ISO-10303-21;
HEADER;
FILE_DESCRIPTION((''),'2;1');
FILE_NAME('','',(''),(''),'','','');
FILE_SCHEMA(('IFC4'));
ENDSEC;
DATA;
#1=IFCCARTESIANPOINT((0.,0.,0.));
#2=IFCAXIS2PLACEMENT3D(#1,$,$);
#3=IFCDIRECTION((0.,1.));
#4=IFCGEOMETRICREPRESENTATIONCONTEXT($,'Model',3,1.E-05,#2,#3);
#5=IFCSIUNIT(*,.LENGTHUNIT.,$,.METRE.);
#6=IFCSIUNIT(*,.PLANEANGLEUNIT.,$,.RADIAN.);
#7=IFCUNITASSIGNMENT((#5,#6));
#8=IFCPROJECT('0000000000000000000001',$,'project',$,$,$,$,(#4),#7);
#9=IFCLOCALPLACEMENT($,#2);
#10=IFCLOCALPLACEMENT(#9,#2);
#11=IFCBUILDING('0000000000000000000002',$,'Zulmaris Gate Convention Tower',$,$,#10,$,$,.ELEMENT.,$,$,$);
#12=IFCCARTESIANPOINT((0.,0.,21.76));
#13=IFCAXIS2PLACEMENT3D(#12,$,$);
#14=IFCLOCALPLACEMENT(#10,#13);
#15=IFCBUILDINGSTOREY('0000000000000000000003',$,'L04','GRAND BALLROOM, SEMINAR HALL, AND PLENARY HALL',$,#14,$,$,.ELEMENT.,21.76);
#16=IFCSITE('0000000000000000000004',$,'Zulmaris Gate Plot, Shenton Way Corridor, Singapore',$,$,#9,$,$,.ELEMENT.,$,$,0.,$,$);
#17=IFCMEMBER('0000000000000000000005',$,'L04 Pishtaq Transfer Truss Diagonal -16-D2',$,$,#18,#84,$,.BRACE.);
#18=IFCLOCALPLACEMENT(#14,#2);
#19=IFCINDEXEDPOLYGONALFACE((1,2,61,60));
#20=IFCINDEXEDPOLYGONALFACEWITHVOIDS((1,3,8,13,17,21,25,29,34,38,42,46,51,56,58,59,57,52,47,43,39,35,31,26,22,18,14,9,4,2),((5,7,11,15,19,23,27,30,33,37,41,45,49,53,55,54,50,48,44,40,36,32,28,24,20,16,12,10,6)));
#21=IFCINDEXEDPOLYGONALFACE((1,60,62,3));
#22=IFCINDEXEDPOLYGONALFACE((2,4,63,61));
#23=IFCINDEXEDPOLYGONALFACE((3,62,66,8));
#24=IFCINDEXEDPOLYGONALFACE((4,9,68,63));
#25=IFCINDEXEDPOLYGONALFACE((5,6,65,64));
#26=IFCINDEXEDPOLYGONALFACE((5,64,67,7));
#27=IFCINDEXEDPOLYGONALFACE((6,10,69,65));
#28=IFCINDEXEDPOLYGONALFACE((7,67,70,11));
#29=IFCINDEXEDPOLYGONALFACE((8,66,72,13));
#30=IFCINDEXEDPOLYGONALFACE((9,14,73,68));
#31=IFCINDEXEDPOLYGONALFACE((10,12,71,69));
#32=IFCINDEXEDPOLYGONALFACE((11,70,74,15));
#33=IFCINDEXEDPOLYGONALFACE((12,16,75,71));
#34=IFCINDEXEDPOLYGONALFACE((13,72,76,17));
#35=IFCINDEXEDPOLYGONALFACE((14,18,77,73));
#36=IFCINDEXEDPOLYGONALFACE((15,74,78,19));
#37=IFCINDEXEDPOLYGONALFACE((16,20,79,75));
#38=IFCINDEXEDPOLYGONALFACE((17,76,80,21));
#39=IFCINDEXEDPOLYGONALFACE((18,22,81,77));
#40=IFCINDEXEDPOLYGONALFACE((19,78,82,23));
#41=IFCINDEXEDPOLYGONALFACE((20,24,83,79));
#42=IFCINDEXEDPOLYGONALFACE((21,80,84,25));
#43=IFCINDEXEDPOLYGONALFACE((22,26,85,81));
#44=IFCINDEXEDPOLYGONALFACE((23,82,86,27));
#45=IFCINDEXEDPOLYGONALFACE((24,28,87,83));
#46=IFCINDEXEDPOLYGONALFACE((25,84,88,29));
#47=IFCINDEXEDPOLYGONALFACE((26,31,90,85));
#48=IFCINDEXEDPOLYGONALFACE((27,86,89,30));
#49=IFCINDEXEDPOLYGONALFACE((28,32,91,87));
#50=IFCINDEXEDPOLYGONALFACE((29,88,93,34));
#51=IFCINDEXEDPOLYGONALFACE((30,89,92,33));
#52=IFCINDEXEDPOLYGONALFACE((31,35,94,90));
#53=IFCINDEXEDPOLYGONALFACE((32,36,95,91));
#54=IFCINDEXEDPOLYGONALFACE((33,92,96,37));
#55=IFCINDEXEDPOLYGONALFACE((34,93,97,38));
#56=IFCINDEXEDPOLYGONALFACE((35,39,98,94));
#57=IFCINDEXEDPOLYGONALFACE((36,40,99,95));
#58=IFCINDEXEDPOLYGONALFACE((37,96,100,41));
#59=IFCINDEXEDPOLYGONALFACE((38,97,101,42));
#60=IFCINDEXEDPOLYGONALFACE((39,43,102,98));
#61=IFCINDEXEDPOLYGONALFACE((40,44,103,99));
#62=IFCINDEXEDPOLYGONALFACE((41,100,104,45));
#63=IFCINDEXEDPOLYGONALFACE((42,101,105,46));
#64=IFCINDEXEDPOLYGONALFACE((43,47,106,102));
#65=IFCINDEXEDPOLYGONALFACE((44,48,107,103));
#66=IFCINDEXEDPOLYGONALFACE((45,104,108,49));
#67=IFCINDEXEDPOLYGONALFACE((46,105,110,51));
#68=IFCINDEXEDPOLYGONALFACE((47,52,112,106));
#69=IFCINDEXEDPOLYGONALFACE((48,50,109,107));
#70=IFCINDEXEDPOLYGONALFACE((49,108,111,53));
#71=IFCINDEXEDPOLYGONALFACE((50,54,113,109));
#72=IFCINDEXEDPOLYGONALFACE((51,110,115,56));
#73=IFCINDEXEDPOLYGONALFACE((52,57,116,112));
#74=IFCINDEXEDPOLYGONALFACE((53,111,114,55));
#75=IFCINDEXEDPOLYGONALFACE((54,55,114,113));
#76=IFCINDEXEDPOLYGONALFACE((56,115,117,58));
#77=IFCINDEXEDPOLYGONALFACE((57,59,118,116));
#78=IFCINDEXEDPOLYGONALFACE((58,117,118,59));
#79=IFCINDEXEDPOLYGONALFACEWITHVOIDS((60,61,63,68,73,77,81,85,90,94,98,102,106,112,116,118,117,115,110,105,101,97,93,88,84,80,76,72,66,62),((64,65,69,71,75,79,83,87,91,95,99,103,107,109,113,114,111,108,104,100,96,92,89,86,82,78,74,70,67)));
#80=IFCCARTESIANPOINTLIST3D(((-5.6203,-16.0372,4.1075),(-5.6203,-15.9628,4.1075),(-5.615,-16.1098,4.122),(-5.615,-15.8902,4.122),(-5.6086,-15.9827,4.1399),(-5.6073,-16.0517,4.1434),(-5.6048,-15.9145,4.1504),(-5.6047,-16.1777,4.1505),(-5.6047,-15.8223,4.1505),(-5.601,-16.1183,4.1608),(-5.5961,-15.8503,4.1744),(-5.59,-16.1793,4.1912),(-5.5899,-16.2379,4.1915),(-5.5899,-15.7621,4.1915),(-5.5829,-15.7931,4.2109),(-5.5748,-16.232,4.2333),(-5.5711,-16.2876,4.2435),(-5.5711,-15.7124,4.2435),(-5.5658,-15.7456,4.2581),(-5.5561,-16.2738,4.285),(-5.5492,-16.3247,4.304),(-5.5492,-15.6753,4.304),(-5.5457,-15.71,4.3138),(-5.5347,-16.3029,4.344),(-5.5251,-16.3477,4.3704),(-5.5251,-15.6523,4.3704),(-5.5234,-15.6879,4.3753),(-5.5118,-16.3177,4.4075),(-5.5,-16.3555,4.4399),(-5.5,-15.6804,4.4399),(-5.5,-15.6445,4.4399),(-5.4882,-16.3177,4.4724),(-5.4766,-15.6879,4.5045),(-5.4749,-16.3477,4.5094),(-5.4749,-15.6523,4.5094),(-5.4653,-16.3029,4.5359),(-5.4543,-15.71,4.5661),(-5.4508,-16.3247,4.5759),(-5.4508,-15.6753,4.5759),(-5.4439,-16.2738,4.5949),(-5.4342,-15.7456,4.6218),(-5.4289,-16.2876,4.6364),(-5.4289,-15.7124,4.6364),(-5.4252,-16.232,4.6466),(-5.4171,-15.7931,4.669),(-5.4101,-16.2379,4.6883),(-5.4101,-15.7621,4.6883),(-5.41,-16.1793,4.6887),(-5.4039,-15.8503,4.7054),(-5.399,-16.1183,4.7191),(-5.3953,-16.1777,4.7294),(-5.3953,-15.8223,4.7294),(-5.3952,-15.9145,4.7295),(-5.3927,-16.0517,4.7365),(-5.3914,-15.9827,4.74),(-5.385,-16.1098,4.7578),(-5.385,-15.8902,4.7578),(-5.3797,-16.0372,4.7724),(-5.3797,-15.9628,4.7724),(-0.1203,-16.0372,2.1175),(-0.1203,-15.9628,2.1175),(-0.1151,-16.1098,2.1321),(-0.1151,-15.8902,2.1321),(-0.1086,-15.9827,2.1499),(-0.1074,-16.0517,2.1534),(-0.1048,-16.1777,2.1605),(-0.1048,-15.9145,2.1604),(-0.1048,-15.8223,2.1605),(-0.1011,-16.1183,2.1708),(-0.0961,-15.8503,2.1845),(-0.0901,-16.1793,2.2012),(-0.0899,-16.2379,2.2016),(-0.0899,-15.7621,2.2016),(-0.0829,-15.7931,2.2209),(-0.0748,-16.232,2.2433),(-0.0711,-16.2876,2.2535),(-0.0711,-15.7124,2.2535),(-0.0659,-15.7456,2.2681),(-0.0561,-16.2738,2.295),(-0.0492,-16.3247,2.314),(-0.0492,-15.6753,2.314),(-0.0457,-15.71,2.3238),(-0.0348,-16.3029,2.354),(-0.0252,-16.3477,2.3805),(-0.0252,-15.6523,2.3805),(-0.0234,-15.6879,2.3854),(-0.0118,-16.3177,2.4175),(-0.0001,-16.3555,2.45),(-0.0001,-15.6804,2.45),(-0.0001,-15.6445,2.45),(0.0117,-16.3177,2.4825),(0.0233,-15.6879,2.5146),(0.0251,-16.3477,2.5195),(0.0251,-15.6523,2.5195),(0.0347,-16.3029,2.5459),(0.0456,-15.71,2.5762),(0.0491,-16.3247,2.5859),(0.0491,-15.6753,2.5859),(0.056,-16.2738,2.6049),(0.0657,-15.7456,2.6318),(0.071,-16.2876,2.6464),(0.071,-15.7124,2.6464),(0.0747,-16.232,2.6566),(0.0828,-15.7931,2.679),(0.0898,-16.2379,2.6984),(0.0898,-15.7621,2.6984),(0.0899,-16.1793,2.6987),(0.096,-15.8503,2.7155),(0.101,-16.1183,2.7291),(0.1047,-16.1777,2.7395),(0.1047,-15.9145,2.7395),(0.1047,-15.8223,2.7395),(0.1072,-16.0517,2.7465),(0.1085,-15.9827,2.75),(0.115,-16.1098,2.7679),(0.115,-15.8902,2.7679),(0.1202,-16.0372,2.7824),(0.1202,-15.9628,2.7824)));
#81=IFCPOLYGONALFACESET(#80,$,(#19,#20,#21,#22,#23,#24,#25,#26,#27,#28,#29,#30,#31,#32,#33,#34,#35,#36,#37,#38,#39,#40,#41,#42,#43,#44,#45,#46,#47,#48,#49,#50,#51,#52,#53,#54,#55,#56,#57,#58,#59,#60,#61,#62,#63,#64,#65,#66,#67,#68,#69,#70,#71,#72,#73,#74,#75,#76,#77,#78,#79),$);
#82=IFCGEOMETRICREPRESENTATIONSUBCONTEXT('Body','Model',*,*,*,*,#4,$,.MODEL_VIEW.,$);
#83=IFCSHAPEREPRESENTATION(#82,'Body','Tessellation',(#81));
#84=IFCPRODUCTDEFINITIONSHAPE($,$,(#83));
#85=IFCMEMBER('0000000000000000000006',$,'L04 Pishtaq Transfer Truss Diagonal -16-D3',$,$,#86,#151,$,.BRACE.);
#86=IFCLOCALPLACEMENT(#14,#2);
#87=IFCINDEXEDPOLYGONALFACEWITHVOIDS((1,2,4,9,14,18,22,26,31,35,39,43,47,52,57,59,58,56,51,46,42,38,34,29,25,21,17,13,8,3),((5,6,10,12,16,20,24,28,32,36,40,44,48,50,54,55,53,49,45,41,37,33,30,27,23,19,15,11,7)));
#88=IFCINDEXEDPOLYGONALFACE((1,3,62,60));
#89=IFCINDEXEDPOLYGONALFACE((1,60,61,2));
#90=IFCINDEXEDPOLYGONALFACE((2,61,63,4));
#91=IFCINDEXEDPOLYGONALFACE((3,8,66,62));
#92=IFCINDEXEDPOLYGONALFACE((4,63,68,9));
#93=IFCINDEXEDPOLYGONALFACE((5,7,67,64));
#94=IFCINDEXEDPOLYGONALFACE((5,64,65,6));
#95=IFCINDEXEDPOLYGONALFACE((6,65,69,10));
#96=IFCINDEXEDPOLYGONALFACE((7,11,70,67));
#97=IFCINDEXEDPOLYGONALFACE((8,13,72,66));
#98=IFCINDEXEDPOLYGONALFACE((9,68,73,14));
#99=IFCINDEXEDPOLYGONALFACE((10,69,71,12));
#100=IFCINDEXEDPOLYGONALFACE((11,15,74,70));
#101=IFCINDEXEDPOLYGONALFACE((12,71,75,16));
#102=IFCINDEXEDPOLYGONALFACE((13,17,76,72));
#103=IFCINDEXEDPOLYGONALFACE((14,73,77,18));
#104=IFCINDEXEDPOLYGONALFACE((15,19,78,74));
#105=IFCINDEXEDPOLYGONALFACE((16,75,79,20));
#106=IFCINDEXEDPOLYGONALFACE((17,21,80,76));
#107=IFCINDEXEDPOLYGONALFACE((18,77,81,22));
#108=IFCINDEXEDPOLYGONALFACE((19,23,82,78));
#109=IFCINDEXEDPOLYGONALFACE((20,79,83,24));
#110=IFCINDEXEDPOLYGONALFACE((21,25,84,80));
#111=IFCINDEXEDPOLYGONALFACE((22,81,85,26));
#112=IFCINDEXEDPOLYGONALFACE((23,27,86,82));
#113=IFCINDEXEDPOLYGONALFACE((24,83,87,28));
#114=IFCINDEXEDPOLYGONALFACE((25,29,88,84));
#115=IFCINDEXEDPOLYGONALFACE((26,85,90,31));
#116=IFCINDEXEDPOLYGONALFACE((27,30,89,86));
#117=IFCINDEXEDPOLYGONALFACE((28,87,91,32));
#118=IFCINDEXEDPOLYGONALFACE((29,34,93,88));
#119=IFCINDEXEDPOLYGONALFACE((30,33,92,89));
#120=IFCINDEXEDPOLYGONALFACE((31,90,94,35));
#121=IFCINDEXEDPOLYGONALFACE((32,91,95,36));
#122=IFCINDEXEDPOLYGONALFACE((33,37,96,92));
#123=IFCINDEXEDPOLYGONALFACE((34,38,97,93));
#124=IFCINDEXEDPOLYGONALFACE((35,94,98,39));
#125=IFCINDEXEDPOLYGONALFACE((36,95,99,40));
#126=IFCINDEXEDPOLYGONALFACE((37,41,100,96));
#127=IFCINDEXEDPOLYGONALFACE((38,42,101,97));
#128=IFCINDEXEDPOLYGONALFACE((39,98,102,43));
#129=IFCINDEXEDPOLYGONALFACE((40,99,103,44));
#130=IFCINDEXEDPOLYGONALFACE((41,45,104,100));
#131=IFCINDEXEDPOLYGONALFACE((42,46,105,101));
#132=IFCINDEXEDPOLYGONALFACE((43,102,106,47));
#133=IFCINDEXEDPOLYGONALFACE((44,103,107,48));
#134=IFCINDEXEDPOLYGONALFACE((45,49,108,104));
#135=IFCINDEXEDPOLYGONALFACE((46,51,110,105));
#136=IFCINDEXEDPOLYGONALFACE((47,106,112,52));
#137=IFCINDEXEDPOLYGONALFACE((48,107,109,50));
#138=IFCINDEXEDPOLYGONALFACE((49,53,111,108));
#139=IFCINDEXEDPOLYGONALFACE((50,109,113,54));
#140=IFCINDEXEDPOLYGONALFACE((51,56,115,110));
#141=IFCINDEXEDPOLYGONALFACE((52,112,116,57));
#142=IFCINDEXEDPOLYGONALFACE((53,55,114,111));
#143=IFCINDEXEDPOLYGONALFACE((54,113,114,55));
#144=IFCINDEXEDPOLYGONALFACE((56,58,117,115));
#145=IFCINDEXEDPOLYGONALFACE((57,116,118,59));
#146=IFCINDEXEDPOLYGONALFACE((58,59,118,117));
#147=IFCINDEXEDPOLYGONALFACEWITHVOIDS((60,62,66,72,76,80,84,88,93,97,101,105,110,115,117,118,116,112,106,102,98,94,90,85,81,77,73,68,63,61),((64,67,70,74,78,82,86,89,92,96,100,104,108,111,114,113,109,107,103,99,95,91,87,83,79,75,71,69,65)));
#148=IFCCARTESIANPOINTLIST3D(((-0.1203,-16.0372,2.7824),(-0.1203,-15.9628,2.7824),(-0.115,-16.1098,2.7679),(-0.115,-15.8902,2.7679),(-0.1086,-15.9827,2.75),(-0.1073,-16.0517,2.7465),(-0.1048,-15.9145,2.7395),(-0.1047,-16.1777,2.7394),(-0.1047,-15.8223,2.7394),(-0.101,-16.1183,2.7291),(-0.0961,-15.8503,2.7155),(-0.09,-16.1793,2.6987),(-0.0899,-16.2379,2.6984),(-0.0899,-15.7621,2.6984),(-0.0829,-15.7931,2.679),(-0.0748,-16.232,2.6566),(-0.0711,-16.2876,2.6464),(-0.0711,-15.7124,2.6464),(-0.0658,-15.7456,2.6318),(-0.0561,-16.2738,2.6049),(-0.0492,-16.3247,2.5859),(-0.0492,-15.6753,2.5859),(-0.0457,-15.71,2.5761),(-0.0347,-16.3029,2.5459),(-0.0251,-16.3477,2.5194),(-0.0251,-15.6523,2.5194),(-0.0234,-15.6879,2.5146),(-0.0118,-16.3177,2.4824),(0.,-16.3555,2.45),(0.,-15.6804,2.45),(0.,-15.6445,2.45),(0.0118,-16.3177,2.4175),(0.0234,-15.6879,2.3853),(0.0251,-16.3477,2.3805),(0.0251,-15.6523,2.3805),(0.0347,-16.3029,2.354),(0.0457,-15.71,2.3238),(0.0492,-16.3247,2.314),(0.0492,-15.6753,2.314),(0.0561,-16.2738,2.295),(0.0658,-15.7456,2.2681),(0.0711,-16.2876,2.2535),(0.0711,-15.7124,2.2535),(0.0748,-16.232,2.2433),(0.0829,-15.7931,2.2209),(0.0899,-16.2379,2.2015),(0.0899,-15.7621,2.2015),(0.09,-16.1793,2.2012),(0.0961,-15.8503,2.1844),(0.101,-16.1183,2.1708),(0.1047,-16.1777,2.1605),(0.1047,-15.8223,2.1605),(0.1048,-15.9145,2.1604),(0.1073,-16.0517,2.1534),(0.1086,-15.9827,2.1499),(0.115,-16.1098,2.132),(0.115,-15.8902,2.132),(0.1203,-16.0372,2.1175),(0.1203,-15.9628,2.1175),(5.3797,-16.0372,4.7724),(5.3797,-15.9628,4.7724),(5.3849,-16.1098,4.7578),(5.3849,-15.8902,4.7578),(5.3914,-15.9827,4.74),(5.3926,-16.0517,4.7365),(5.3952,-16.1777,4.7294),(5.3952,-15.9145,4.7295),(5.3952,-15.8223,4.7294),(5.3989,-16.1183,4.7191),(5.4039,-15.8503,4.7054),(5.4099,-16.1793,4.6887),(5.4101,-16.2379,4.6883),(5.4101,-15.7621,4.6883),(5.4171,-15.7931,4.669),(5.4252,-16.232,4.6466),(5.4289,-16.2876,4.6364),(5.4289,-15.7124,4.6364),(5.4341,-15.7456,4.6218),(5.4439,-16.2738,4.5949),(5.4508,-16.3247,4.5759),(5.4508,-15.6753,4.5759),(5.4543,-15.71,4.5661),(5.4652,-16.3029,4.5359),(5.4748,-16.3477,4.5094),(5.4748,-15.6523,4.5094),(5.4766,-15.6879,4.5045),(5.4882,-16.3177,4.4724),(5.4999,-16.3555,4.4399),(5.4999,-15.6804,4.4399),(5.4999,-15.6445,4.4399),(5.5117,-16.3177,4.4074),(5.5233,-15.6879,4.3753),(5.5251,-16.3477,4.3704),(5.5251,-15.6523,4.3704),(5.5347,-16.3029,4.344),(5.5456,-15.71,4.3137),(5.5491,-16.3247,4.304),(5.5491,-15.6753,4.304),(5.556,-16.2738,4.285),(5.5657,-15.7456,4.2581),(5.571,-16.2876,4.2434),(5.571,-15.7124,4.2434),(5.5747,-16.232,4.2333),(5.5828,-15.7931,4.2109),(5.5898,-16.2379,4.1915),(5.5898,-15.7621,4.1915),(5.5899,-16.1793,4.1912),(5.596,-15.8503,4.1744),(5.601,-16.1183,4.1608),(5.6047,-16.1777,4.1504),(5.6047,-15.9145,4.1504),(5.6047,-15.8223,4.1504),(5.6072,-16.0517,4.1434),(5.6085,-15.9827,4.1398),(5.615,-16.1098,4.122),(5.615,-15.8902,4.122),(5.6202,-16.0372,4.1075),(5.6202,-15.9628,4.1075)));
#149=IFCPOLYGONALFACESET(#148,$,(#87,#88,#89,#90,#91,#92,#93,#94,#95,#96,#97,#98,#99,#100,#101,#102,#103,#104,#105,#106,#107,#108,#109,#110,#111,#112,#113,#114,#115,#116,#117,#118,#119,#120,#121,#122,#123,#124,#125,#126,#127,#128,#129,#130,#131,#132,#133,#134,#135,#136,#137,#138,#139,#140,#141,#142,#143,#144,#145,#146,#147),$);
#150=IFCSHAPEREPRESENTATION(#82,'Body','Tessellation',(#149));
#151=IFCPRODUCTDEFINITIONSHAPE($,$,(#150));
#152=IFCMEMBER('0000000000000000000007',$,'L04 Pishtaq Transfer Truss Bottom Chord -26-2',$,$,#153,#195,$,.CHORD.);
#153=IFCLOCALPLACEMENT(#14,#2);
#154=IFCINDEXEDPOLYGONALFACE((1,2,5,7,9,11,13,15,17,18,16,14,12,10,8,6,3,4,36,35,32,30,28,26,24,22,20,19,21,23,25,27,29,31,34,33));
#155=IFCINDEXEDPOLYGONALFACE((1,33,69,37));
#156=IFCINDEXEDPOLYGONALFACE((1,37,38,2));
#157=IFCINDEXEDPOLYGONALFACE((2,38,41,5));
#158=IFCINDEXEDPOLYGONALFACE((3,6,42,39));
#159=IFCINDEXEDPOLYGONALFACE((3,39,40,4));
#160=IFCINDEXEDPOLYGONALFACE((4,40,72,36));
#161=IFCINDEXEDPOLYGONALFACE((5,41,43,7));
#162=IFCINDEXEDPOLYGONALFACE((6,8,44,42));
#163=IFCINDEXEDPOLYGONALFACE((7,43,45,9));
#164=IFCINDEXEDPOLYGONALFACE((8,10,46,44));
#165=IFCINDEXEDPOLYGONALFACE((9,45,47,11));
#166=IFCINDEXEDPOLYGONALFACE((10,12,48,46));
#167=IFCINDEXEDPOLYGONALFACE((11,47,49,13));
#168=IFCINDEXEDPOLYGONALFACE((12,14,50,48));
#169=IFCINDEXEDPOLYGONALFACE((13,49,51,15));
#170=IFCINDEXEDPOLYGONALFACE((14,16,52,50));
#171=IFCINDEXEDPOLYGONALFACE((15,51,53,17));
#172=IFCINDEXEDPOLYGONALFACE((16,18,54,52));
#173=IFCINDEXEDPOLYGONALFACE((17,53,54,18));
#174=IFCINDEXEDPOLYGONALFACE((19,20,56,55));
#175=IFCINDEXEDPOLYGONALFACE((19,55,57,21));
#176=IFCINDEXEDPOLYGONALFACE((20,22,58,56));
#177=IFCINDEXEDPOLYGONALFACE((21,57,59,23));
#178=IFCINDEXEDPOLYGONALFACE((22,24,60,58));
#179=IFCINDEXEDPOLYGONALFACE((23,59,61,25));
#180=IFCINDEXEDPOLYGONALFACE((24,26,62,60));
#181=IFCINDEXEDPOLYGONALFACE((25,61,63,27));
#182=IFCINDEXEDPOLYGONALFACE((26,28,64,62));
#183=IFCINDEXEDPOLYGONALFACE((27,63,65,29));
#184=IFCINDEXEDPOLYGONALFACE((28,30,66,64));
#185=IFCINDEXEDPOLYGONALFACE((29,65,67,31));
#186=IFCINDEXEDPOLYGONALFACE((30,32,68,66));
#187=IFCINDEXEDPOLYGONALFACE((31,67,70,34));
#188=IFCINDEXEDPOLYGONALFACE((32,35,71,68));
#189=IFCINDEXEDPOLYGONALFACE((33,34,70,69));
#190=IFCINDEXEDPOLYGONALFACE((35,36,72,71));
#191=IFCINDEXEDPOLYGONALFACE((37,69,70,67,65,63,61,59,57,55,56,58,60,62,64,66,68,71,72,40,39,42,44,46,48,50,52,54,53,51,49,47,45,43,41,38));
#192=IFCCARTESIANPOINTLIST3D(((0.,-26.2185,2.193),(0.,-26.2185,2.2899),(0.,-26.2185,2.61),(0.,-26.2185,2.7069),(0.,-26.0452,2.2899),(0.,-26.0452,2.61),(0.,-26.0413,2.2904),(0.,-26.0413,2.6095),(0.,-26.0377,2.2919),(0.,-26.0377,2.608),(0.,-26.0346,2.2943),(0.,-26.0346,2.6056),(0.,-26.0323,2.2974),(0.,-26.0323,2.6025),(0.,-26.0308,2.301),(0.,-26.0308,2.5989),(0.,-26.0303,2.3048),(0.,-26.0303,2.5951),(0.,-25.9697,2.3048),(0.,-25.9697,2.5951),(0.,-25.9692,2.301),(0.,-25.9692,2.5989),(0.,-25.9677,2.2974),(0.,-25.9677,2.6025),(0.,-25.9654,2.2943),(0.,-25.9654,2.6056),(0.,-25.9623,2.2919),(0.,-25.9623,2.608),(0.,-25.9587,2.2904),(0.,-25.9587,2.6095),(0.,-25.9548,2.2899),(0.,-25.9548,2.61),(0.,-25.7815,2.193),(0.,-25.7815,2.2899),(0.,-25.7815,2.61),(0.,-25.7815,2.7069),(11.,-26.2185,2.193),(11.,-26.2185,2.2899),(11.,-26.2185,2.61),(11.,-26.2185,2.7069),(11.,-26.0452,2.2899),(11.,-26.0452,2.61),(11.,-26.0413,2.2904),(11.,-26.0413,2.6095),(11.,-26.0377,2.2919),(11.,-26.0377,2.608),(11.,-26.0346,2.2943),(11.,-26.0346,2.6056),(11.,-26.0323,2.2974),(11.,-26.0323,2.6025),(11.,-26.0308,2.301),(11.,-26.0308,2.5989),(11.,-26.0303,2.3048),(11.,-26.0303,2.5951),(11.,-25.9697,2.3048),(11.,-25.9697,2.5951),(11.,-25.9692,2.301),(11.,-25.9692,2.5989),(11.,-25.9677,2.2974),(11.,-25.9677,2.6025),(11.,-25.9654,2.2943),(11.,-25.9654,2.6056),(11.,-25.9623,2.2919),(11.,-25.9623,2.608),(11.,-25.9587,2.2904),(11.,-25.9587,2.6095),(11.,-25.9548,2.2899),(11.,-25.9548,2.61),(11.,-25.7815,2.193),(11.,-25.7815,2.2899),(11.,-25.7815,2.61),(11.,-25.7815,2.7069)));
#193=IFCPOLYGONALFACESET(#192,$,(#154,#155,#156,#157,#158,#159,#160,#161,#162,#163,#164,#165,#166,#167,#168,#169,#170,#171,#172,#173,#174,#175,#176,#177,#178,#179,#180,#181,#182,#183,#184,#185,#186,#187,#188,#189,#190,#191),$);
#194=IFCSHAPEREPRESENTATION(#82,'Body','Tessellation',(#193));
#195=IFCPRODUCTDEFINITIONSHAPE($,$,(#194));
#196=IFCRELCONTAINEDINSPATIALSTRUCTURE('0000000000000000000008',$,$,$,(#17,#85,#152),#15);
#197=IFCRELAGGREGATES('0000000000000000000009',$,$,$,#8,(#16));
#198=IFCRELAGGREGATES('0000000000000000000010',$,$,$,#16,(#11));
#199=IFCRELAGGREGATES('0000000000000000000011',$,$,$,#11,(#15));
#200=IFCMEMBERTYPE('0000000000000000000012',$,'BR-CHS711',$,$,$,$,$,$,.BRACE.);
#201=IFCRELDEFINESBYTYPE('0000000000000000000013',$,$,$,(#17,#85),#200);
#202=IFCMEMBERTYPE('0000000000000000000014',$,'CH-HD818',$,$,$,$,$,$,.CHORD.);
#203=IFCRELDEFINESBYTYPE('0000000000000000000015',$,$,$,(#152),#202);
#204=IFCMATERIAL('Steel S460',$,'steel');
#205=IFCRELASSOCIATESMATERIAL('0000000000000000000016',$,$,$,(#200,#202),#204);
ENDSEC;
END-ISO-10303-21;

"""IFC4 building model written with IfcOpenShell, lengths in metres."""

from ifc_helpers import new_model, si_unit, direction, frame, origin, origin_2d, place, context, subcontext, project, spatial, hollow_circle, i_section, extrude, material, material_profile, profile_set, type_object, element, save


model = new_model("IFC4")

# Units and contexts
model_context = context("Model", 3, precision=1e-05, world=origin(), true_north=direction((0.0, 1.0)))
body_context = subcontext(model_context, "Body", "Model", "MODEL_VIEW")
ifc_project = project(units=[si_unit("LENGTHUNIT", "METRE"), si_unit("PLANEANGLEUNIT", "RADIAN")], contexts=[model_context])

# Site, building, storey
site_placement = place(None, origin())
site = spatial("IfcSite", under=ifc_project, at=site_placement, Name="Zulmaris Gate Plot, Shenton Way Corridor, Singapore", CompositionType="ELEMENT", RefElevation=0.0)
building_placement = place(site_placement, origin())
building = spatial("IfcBuilding", under=site, at=building_placement, Name="Zulmaris Gate Convention Tower", CompositionType="ELEMENT")
storey_placement = place(building_placement, frame((0.0, 0.0, 21.76)))
storey = spatial("IfcBuildingStorey", under=building, at=storey_placement, Name="L04", Description="GRAND BALLROOM, SEMINAR HALL, AND PLENARY HALL", CompositionType="ELEMENT", Elevation=21.76)

# Members
ifc_material_1 = material(Name="Steel S460", Category="steel")
ifc_material_profile_1 = material_profile(ifc_material_1, hollow_circle(Radius=0.3555, WallThickness=0.0359, at=origin_2d()), Name="CHS 711x36")
ifc_profile_set_1 = profile_set([ifc_material_profile_1], Name="Steel S460")
member_type_1 = type_object("IfcMemberType", Name="BR-CHS711", PredefinedType="BRACE", material=ifc_profile_set_1)
for number, where, z_axis, x_axis, name in (
    (1, (-5.5, -16.0, 4.4399), (0.940342, 0.0, -0.340231), (0.0, 1.0, 0.0), "L04 Pishtaq Transfer Truss Diagonal -16-D2"),
    (2, (0.0, -16.0, 2.45), (0.940342, 0.0, 0.340231), (0.0, 1.0, 0.0), "L04 Pishtaq Transfer Truss Diagonal -16-D3"),
):
    element("IfcMember", number, at=place(storey_placement, frame(where, z_axis=z_axis, x_axis=x_axis)), inside=storey, type_object=member_type_1, Name=name, PredefinedType="BRACE", context=body_context, shape_type="SweptSolid", body=[
        extrude(hollow_circle(Radius=0.3555, WallThickness=0.0359, at=origin_2d()), origin(), (0.0, 0.0, 1.0), 5.8489),
    ])
ifc_material_profile_2 = material_profile(ifc_material_1, i_section(OverallWidth=0.437, OverallDepth=0.5139, WebThickness=0.0605, FlangeThickness=0.0969, FilletRadius=0.0149, at=origin_2d()), Name="HD 400x818")
ifc_profile_set_2 = profile_set([ifc_material_profile_2], Name="Steel S460")
member_type_2 = type_object("IfcMemberType", Name="CH-HD818", PredefinedType="CHORD", material=ifc_profile_set_2)
for number, where, z_axis, x_axis, name in (
    (3, (0.0, -26.0, 2.45), (1.0, 0.0, 0.0), (0.0, 1.0, 0.0), "L04 Pishtaq Transfer Truss Bottom Chord -26-2"),
):
    element("IfcMember", number, at=place(storey_placement, frame(where, z_axis=z_axis, x_axis=x_axis)), inside=storey, type_object=member_type_2, Name=name, PredefinedType="CHORD", context=body_context, shape_type="SweptSolid", body=[
        extrude(i_section(OverallWidth=0.437, OverallDepth=0.5139, WebThickness=0.0605, FlangeThickness=0.0969, FilletRadius=0.0149, at=origin_2d()), origin(), (0.0, 0.0, 1.0), 11.0),
    ])

save(model, "model.ifc")
